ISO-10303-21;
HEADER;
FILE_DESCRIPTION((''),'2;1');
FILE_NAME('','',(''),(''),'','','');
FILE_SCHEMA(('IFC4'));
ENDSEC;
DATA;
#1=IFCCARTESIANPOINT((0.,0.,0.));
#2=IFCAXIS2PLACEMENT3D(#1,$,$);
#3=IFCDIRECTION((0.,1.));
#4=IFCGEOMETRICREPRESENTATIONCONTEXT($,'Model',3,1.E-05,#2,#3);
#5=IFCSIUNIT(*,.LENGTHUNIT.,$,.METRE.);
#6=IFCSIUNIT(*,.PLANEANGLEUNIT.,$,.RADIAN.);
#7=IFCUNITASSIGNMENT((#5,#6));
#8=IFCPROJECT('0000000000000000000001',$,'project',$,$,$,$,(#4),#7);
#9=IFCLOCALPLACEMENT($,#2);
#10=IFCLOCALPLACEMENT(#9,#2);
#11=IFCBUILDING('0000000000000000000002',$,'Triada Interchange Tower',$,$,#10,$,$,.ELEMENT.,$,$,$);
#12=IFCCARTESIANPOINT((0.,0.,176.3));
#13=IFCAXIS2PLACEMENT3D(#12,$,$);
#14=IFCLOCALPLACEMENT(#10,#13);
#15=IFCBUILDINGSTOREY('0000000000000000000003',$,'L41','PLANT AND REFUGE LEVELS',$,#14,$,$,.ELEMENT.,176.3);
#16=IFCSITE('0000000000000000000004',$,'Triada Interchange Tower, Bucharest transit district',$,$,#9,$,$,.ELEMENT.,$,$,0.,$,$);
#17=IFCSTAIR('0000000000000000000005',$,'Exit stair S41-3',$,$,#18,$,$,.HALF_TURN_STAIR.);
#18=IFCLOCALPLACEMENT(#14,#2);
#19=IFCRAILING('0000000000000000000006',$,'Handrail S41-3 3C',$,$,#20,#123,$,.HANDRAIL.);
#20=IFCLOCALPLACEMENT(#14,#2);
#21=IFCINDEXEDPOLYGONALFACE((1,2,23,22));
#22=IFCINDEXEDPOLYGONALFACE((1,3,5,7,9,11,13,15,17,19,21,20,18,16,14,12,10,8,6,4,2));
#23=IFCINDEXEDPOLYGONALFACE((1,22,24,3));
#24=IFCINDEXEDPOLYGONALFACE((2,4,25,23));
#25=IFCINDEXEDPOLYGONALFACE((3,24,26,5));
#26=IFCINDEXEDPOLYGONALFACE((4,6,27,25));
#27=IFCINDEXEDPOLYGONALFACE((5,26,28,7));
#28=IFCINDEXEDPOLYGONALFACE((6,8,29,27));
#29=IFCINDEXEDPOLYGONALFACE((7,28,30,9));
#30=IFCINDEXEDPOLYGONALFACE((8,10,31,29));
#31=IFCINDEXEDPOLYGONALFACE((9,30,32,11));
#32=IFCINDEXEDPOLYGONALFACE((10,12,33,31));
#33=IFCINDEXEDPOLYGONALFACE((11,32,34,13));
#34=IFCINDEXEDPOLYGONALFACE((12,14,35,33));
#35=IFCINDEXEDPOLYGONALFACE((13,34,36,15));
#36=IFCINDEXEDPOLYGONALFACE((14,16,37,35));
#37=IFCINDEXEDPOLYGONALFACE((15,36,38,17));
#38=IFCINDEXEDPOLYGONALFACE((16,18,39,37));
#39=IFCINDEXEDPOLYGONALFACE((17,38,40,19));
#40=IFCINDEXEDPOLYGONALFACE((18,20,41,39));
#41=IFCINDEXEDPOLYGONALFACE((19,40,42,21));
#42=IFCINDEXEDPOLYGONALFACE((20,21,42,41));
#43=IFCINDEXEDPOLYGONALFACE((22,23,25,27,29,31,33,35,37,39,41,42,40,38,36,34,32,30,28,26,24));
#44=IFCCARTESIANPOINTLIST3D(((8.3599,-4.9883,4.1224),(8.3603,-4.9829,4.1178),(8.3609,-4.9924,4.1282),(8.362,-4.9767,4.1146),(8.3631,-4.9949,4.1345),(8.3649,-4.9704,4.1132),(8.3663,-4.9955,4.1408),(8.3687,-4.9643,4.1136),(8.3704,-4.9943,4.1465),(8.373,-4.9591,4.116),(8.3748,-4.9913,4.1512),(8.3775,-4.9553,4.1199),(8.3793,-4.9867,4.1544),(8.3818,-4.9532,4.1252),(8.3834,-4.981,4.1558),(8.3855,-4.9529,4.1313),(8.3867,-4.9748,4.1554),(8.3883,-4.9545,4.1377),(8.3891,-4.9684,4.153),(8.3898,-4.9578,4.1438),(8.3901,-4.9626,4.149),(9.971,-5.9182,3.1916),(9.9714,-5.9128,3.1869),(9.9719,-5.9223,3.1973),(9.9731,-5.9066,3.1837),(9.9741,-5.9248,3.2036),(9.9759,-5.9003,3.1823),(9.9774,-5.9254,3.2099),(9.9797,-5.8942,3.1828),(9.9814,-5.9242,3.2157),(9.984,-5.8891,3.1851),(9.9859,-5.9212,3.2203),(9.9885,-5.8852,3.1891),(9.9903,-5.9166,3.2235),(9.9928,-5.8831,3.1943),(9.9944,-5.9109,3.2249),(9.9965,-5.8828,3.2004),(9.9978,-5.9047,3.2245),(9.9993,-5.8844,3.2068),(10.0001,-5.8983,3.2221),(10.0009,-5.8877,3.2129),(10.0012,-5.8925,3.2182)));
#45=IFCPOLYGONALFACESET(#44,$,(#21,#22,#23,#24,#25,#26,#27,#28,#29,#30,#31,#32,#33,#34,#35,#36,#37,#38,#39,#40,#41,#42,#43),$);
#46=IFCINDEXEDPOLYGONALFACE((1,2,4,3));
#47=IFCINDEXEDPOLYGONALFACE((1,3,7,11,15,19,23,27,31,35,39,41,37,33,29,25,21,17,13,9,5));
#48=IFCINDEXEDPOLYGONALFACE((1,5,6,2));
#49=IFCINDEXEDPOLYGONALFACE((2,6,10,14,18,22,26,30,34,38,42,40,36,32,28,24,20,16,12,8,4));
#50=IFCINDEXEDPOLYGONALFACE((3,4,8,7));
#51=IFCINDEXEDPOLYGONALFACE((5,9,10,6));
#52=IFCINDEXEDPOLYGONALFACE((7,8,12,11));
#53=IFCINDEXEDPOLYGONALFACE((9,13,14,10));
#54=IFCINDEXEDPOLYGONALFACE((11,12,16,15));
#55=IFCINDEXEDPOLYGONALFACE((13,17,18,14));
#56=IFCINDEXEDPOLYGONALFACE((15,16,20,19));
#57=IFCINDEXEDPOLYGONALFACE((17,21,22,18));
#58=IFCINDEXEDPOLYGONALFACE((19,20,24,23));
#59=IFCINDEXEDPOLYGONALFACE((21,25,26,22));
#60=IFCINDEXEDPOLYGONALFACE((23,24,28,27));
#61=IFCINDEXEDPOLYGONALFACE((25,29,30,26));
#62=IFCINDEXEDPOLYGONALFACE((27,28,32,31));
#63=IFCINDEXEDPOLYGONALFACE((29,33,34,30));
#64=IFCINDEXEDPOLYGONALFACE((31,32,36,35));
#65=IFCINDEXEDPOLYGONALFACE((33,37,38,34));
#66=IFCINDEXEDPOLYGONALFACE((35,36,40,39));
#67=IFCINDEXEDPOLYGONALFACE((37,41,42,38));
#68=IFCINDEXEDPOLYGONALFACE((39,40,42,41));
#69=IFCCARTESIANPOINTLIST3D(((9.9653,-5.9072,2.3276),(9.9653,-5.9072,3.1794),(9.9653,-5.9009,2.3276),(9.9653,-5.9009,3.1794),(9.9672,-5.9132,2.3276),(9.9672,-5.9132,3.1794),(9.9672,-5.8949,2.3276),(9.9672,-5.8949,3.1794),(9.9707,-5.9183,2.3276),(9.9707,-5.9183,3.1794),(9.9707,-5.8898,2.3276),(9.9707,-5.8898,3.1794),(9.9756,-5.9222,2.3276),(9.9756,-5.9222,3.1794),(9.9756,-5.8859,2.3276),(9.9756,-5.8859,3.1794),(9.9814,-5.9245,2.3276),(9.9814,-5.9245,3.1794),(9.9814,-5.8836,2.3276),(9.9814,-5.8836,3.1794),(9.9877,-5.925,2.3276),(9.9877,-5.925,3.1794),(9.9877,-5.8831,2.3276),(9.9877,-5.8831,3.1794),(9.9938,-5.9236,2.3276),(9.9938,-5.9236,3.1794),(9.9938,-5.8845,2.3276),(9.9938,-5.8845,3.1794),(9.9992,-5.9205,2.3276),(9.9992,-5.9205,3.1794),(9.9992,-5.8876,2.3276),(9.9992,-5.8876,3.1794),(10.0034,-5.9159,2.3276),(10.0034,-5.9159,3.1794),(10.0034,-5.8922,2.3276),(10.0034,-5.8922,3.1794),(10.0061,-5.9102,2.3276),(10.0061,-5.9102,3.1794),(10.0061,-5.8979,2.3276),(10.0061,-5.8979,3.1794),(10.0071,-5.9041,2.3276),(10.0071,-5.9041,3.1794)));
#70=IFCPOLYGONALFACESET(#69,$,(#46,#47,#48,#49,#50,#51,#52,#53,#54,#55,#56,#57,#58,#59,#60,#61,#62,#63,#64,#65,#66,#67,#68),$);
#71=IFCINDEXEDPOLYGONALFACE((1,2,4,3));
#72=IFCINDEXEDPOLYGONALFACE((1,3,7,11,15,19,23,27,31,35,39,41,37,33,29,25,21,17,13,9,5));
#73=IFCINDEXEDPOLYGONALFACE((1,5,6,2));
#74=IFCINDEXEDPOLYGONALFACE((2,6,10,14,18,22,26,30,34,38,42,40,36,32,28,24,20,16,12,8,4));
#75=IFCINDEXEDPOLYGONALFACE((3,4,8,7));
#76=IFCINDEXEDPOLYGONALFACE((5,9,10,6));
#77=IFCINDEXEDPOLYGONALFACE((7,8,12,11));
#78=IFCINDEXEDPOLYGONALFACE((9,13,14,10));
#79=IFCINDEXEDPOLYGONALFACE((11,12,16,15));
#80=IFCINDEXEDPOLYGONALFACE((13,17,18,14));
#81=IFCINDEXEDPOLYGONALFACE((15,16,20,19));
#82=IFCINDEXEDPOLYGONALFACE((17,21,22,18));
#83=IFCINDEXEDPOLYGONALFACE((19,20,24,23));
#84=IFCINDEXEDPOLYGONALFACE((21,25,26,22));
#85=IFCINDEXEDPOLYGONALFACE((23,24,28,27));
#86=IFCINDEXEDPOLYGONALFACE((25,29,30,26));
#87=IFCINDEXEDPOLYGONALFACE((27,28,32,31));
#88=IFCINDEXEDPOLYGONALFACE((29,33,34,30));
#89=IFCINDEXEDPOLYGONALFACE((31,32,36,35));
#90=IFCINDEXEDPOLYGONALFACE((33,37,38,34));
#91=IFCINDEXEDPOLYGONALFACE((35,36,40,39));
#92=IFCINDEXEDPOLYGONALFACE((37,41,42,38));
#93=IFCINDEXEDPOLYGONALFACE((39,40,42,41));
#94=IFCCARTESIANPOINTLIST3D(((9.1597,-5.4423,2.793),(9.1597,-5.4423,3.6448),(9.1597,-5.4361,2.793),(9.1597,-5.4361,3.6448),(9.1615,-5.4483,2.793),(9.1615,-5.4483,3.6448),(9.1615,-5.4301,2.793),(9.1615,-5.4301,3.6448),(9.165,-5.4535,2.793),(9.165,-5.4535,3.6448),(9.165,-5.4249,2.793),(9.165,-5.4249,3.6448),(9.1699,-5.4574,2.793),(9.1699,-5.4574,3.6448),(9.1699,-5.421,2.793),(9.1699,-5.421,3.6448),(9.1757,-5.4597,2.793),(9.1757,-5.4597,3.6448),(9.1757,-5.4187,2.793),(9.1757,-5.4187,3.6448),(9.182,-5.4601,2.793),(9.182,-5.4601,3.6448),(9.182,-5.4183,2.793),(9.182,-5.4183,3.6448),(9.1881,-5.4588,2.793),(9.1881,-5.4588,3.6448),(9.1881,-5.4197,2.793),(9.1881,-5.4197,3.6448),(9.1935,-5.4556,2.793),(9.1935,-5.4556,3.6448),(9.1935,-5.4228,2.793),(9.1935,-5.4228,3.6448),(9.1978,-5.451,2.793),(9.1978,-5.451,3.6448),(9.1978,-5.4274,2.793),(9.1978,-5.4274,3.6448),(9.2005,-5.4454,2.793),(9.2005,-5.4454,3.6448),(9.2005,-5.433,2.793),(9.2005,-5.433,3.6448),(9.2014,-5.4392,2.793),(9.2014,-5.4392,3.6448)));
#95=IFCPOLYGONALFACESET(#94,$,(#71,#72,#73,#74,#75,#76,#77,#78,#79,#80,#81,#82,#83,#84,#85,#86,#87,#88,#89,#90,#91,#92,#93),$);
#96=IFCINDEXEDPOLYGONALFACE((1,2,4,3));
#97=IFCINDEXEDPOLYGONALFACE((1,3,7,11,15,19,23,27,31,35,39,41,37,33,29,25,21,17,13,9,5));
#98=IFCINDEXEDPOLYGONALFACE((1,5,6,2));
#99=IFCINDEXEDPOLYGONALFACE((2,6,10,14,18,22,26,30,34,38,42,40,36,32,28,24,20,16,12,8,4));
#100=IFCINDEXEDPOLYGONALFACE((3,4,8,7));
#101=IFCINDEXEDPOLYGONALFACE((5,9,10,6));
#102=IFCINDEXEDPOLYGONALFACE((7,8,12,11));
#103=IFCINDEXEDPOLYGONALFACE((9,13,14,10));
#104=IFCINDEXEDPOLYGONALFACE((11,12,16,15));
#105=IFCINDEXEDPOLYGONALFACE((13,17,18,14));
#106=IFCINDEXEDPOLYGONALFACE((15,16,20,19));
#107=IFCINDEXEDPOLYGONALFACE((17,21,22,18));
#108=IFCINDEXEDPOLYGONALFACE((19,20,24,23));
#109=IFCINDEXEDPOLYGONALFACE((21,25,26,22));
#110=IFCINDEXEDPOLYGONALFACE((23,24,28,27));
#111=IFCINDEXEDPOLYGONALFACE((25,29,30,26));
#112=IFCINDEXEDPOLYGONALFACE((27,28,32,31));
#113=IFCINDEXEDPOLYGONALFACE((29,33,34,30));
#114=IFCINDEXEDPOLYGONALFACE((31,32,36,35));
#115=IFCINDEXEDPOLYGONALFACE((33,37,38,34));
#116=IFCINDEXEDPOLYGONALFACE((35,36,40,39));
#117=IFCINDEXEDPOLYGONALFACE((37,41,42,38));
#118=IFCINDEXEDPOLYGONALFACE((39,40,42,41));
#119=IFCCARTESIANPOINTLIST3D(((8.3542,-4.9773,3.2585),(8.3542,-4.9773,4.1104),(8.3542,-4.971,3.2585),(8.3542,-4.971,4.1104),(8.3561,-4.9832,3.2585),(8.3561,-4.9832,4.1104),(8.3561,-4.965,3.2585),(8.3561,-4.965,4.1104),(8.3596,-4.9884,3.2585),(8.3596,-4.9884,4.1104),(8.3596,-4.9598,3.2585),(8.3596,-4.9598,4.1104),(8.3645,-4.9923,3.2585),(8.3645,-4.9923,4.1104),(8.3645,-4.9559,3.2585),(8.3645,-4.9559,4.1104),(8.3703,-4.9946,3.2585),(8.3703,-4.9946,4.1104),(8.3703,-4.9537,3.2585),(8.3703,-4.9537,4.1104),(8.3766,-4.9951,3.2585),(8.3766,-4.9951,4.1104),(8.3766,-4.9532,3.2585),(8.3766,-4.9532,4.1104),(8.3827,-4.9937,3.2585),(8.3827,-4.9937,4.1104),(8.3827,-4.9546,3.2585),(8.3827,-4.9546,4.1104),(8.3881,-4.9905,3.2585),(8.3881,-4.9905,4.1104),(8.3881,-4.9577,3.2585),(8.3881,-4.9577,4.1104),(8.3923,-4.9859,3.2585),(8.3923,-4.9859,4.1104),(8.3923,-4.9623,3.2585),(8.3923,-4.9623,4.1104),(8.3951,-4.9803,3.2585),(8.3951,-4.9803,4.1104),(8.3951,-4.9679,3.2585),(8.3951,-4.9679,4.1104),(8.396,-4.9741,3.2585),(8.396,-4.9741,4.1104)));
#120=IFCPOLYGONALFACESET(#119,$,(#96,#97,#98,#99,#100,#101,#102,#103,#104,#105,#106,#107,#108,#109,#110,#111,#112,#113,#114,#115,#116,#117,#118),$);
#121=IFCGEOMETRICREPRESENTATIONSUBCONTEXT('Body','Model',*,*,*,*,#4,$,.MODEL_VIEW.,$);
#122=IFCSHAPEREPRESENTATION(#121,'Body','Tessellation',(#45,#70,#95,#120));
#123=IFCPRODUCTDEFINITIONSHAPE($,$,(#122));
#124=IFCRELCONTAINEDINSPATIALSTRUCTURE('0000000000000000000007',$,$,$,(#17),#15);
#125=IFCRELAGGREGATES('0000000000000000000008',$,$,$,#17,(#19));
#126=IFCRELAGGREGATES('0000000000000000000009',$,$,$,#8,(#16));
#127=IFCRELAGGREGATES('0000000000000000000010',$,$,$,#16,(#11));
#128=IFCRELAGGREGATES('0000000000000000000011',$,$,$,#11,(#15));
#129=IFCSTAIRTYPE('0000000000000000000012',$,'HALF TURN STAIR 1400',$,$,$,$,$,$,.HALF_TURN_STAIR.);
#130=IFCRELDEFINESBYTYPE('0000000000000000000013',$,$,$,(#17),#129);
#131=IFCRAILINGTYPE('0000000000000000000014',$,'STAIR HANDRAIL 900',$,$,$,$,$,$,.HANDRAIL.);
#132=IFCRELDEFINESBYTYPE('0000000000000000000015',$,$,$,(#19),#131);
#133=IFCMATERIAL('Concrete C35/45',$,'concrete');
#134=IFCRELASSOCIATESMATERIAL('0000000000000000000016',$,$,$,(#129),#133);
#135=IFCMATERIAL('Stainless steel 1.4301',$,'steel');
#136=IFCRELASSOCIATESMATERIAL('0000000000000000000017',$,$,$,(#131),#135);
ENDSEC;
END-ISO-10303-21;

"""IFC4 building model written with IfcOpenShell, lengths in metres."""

from ifc_helpers import new_model, si_unit, direction, frame, origin, origin_2d, place, context, subcontext, project, spatial, circle, extrude, material, type_object, element, aggregate, save


model = new_model("IFC4")

# Units and contexts
model_context = context("Model", 3, precision=1e-05, world=origin(), true_north=direction((0.0, 1.0)))
body_context = subcontext(model_context, "Body", "Model", "MODEL_VIEW")
ifc_project = project(units=[si_unit("LENGTHUNIT", "METRE"), si_unit("PLANEANGLEUNIT", "RADIAN")], contexts=[model_context])

# Site, building, storey
site_placement = place(None, origin())
site = spatial("IfcSite", under=ifc_project, at=site_placement, Name="Triada Interchange Tower, Bucharest transit district", CompositionType="ELEMENT", RefElevation=0.0)
building_placement = place(site_placement, origin())
building = spatial("IfcBuilding", under=site, at=building_placement, Name="Triada Interchange Tower", CompositionType="ELEMENT")
storey_placement = place(building_placement, frame((0.0, 0.0, 176.3)))
storey = spatial("IfcBuildingStorey", under=building, at=storey_placement, Name="L41", Description="PLANT AND REFUGE LEVELS", CompositionType="ELEMENT", Elevation=176.3)

# Shared definitions
ifc_material_1 = material(Name="Concrete C35/45", Category="concrete")

# Stair, railing
stair_type = type_object("IfcStairType", Name="HALF TURN STAIR 1400", PredefinedType="HALF_TURN_STAIR", material=ifc_material_1)
stair_placement = place(storey_placement, origin())
stair = element("IfcStair", 1, at=stair_placement, inside=storey, type_object=stair_type, Name="Exit stair S41-3", PredefinedType="HALF_TURN_STAIR")
ifc_material_2 = material(Name="Stainless steel 1.4301", Category="steel")
railing_type_1 = type_object("IfcRailingType", Name="STAIR HANDRAIL 900", PredefinedType="HANDRAIL", material=ifc_material_2)
railing_1_placement = place(storey_placement, frame((9.9861, -5.9041, 2.3276)))
railing_1 = element("IfcRailing", 2, at=railing_1_placement, type_object=railing_type_1, Name="Handrail S41-3 3C", PredefinedType="HANDRAIL", context=body_context, shape_type="SweptSolid", body=[
    extrude(circle(Radius=0.0239, at=origin_2d()), frame((0.0, 0.0, 0.876), z_axis=(-0.77451, 0.447054, 0.447523), x_axis=(-0.499908, -0.866079, 0.0)), (0.0, 0.0, 1.0), 2.0801),
    extrude(circle(Radius=0.021, at=origin_2d()), origin(), (0.0, 0.0, 1.0), 0.8518),
    extrude(circle(Radius=0.021, at=origin_2d()), frame((-0.8057, 0.4648, 0.4653)), (0.0, 0.0, 1.0), 0.8518),
    extrude(circle(Radius=0.021, at=origin_2d()), frame((-1.6111, 0.9299, 0.9309)), (0.0, 0.0, 1.0), 0.8518),
])
aggregate(stair, [railing_1])

save(model, "model.ifc")
